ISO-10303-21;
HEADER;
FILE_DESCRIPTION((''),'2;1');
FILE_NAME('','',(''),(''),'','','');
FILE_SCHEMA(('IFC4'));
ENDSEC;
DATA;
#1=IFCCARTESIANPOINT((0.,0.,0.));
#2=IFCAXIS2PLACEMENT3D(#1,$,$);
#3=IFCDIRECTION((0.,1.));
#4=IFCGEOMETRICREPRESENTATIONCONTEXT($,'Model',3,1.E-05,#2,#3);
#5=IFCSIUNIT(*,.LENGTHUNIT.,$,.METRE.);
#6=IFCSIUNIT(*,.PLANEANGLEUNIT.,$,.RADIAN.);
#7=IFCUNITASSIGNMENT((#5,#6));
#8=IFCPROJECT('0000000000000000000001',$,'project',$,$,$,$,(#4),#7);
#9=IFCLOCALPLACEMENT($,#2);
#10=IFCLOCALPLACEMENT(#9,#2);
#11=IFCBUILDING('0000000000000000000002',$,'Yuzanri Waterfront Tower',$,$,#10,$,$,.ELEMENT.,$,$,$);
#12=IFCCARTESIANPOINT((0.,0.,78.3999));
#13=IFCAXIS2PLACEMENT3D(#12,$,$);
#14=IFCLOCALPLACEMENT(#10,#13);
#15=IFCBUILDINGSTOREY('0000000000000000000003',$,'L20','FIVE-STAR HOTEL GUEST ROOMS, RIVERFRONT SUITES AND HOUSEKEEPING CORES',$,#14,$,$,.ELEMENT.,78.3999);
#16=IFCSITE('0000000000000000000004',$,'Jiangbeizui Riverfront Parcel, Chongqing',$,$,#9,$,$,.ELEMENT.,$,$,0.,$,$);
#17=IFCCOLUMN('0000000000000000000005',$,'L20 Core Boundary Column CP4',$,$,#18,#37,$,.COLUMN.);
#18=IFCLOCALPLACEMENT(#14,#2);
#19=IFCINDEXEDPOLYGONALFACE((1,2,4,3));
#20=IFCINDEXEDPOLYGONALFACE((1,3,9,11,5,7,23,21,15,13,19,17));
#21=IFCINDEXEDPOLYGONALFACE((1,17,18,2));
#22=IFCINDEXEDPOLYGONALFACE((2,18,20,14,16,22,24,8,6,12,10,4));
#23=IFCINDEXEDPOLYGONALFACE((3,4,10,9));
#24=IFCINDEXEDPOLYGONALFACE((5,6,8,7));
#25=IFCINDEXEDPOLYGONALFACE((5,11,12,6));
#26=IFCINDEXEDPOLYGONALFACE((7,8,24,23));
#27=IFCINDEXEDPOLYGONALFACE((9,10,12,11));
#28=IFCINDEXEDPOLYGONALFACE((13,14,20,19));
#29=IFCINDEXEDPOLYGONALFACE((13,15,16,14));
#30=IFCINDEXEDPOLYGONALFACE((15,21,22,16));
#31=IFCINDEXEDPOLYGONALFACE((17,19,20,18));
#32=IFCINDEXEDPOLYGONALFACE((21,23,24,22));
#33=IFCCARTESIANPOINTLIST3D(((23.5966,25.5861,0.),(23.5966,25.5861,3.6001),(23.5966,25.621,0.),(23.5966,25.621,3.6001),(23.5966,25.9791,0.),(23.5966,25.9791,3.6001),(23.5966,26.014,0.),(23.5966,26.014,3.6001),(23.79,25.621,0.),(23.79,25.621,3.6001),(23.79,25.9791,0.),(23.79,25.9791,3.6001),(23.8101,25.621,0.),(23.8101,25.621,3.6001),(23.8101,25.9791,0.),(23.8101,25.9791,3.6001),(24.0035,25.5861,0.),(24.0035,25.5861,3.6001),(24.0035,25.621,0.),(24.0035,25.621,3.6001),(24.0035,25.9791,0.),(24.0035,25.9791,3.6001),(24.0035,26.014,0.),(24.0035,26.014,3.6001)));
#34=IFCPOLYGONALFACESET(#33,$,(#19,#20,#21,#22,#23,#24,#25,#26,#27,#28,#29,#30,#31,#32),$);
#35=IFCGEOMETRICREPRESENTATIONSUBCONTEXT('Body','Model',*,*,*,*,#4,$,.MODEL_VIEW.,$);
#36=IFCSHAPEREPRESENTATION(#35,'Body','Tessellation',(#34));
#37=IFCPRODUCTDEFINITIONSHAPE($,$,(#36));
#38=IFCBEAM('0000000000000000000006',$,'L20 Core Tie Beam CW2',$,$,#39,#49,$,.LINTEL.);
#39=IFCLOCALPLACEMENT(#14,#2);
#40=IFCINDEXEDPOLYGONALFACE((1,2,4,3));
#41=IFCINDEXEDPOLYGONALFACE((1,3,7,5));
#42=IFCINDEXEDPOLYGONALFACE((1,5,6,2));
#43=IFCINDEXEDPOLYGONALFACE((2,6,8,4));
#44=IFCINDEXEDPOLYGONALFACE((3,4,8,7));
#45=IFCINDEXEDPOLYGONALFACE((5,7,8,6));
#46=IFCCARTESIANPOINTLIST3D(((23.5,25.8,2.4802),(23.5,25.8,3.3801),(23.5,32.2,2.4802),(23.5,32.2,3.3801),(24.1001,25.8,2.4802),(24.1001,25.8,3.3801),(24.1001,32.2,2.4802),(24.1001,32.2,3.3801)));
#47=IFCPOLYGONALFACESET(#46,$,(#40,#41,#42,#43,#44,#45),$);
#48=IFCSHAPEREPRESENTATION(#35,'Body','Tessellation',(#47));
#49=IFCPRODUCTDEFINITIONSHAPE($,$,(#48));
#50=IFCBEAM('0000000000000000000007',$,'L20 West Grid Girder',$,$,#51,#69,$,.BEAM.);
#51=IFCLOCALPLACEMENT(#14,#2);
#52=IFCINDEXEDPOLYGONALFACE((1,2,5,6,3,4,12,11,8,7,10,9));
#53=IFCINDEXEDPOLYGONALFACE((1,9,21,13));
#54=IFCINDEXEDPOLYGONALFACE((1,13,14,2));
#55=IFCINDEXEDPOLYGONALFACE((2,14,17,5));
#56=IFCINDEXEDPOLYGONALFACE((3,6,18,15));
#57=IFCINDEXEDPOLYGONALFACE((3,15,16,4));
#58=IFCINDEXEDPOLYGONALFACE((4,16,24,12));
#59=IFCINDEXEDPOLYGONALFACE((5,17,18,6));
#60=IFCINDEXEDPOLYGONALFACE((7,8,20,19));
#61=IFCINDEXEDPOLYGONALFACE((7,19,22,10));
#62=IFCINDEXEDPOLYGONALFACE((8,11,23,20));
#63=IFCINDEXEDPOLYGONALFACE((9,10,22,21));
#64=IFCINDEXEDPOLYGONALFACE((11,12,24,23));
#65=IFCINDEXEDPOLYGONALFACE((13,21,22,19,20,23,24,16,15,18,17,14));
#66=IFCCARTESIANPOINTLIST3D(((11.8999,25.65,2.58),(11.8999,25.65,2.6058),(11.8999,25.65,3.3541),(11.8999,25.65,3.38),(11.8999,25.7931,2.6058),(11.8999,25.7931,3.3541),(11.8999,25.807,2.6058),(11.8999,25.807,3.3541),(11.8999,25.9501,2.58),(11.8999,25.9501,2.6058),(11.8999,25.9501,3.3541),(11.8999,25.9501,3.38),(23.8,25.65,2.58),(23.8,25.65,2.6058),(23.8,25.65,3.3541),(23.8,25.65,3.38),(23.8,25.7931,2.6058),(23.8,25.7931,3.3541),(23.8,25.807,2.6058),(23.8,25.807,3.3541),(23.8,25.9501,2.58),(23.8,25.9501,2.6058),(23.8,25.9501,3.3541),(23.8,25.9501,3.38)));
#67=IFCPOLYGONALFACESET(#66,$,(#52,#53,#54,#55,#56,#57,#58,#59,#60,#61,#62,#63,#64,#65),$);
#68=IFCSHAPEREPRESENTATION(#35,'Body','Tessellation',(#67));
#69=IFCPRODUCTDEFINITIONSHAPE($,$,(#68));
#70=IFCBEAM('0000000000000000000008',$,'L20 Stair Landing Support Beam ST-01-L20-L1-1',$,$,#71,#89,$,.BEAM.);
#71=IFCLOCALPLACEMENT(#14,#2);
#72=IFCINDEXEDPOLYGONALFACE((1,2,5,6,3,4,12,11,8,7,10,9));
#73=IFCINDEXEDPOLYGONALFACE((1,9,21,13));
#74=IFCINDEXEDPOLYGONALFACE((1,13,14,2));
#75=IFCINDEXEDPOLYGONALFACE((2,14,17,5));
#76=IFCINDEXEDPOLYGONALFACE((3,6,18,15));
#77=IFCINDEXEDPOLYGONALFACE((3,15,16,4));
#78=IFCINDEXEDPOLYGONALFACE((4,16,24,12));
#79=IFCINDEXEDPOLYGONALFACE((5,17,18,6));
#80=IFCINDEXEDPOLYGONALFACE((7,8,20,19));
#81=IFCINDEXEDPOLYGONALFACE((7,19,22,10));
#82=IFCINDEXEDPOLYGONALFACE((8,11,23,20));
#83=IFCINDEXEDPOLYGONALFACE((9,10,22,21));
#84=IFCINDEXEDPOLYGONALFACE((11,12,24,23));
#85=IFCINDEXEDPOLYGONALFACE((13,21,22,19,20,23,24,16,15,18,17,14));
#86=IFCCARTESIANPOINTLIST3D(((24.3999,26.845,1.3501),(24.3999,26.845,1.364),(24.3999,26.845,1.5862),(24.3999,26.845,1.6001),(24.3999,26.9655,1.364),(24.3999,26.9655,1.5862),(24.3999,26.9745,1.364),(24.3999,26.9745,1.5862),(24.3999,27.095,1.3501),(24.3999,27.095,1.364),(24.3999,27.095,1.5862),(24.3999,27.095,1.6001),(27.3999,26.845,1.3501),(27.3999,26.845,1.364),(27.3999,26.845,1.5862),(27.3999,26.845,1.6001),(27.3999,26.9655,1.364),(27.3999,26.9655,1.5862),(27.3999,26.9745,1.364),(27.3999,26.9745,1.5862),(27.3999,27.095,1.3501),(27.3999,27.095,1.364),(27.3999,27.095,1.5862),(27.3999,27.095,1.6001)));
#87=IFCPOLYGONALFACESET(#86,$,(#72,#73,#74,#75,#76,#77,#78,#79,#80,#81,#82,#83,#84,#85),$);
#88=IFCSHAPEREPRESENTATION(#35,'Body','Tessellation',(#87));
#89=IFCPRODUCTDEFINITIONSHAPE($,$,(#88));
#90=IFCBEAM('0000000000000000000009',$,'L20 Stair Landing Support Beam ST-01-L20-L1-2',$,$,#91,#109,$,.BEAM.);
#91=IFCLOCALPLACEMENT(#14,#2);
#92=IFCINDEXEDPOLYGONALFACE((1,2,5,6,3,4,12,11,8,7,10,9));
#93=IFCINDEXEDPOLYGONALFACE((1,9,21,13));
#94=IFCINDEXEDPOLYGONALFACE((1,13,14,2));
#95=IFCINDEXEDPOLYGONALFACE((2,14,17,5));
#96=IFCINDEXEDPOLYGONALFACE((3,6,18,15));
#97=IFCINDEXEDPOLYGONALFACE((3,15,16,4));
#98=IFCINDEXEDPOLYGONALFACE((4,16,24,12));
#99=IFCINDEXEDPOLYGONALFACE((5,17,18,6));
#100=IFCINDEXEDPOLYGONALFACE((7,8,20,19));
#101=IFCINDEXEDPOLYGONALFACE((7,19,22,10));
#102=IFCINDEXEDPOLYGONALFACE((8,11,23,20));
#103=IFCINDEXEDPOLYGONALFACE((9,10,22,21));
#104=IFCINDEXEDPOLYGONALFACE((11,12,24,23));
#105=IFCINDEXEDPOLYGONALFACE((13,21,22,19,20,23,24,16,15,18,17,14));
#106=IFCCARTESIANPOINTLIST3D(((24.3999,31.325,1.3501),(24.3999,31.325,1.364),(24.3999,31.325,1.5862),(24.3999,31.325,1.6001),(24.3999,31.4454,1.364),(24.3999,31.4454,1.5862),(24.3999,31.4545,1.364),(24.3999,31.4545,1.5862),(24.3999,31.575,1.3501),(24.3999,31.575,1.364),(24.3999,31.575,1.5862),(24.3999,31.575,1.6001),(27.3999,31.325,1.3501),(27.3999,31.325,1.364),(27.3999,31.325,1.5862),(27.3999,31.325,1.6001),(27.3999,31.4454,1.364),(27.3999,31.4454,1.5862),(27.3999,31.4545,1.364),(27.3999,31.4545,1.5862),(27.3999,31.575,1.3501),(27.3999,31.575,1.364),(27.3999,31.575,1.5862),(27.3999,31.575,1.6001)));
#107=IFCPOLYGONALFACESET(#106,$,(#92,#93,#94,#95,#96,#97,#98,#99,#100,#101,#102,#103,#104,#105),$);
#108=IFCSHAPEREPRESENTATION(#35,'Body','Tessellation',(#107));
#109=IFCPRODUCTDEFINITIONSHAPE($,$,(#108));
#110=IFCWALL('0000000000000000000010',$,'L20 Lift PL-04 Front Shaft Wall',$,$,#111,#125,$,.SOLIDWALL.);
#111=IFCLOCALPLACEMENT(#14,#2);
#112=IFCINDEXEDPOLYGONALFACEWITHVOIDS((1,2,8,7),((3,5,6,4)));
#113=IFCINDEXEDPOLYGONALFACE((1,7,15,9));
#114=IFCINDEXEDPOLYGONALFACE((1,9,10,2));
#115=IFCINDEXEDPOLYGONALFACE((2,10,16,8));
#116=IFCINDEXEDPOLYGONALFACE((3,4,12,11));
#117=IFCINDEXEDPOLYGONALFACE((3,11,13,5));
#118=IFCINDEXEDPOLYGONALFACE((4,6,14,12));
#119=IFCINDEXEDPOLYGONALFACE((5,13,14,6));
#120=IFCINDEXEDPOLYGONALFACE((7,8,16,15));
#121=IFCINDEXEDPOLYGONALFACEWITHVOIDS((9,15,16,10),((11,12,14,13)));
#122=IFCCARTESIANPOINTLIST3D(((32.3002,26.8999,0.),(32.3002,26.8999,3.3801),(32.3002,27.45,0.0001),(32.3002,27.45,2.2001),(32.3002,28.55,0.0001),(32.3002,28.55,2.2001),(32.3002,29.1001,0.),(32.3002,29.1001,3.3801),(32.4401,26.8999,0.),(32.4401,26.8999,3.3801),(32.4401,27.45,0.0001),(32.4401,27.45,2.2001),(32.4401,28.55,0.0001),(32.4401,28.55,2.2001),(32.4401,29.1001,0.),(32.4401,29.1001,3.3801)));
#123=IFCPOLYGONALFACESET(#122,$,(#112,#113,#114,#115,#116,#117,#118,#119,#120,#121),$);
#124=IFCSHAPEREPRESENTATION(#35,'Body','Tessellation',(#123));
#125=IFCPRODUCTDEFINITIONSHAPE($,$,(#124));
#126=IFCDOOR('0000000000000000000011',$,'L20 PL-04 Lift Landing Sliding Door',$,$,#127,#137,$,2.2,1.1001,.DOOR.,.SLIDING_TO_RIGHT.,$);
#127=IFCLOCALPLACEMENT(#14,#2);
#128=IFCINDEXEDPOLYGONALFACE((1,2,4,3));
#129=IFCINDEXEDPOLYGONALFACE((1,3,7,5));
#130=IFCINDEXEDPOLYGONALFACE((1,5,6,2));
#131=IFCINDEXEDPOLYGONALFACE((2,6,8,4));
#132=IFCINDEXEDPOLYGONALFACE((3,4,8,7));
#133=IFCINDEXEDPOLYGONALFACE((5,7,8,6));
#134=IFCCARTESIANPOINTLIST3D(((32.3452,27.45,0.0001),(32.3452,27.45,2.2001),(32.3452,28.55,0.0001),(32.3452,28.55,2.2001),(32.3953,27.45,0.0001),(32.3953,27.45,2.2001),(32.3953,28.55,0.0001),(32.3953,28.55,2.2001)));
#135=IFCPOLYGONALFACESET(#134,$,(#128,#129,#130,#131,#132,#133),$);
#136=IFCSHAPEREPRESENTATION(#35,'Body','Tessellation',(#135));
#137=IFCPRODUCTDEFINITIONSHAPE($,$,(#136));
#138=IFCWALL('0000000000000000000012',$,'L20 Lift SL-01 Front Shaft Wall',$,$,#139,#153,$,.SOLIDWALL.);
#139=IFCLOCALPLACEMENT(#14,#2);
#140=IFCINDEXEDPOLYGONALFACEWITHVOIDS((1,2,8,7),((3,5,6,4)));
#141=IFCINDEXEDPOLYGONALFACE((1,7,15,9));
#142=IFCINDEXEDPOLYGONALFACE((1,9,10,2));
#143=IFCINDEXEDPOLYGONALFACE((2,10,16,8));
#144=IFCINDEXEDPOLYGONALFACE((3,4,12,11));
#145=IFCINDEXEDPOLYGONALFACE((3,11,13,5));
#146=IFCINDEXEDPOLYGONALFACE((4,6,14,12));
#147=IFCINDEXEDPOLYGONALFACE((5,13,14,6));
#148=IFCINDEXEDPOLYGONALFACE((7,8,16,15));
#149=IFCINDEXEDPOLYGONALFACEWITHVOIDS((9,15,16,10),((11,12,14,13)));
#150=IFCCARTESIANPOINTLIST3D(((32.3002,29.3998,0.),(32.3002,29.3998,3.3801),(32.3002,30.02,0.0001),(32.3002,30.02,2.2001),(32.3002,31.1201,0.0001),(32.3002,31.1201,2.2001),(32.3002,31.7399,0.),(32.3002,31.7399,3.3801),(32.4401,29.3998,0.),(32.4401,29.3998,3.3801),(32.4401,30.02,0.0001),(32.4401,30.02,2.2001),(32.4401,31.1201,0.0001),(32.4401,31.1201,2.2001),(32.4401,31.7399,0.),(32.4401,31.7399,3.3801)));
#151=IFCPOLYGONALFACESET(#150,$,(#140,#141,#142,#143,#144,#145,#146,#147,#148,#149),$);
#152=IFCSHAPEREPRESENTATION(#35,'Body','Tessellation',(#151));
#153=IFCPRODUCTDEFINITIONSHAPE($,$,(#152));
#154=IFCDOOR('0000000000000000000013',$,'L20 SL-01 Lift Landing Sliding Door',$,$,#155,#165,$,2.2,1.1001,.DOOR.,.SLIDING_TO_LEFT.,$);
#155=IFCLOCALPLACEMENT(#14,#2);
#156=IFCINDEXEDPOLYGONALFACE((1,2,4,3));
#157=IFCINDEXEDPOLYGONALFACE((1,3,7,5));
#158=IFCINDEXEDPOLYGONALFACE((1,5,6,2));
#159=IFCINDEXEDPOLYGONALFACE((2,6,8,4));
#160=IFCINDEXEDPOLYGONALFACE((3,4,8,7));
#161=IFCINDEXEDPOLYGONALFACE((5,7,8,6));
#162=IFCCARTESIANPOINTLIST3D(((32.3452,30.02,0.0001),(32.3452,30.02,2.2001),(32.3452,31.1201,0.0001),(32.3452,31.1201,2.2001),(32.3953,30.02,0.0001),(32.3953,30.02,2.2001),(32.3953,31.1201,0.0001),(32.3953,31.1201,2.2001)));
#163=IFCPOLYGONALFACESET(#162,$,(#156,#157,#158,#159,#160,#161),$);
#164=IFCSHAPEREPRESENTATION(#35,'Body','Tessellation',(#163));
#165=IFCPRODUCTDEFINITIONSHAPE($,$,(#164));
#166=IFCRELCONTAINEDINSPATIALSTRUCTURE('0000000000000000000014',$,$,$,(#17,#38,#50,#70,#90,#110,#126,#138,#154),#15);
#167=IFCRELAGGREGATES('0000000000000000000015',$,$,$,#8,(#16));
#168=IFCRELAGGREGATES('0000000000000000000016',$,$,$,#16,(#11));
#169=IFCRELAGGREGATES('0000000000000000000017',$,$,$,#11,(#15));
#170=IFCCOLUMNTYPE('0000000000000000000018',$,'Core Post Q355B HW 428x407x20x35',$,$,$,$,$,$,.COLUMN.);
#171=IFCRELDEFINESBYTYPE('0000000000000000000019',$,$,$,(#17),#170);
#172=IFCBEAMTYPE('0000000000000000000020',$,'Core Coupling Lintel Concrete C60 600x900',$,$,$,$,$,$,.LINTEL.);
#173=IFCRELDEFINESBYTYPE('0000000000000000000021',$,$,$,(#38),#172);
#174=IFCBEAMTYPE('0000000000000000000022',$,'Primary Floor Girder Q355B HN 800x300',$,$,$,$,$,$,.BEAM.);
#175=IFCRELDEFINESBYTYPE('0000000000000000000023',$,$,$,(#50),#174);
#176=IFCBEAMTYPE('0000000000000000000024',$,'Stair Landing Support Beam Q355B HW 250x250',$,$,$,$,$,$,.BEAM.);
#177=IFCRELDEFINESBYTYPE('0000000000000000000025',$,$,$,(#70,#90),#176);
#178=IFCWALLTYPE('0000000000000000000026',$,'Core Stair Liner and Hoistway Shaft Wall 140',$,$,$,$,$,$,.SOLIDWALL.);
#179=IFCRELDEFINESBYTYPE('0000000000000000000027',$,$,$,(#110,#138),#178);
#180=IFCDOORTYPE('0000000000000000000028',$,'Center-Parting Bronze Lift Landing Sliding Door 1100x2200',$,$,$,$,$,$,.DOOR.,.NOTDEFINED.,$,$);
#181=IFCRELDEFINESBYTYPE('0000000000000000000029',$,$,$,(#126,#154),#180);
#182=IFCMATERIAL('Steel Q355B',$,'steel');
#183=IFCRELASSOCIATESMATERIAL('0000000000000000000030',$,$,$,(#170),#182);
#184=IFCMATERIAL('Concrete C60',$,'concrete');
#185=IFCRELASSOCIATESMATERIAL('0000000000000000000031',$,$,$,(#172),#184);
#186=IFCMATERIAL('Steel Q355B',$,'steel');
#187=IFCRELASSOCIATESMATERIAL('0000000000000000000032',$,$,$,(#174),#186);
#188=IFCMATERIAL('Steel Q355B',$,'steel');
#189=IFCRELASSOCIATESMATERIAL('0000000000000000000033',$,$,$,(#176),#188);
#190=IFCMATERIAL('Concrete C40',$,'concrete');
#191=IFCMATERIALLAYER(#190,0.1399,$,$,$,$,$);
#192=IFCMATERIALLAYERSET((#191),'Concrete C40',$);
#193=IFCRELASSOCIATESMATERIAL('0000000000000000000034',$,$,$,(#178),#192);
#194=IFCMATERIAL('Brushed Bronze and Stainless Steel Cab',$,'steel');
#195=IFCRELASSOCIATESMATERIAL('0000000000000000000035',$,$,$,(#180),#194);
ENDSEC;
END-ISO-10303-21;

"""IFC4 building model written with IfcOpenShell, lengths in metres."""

from ifc_helpers import new_model, si_unit, direction, frame, frame_2d, origin, origin_2d, place, context, subcontext, project, spatial, rectangle, i_section, extrude, source, transform, mapped, material, layer, layer_set, material_profile, profile_set, type_object, element, fill, save


model = new_model("IFC4")

# Units and contexts
model_context = context("Model", 3, precision=1e-05, world=origin(), true_north=direction((0.0, 1.0)))
body_context = subcontext(model_context, "Body", "Model", "MODEL_VIEW")
ifc_project = project(units=[si_unit("LENGTHUNIT", "METRE"), si_unit("PLANEANGLEUNIT", "RADIAN")], contexts=[model_context])

# Site, building, storey
site_placement = place(None, origin())
site = spatial("IfcSite", under=ifc_project, at=site_placement, Name="Jiangbeizui Riverfront Parcel, Chongqing", CompositionType="ELEMENT", RefElevation=0.0)
building_placement = place(site_placement, origin())
building = spatial("IfcBuilding", under=site, at=building_placement, Name="Yuzanri Waterfront Tower", CompositionType="ELEMENT")
storey_placement = place(building_placement, frame((0.0, 0.0, 78.3999)))
storey = spatial("IfcBuildingStorey", under=building, at=storey_placement, Name="L20", Description="FIVE-STAR HOTEL GUEST ROOMS, RIVERFRONT SUITES AND HOUSEKEEPING CORES", CompositionType="ELEMENT", Elevation=78.3999)

# Column
ifc_material_1 = material(Name="Steel Q355B", Category="steel")
ifc_material_profile_1 = material_profile(ifc_material_1, i_section(OverallWidth=0.407, OverallDepth=0.428, WebThickness=0.02, FlangeThickness=0.0349, at=origin_2d()), Name="HW 428x407x20x35")
ifc_profile_set_1 = profile_set([ifc_material_profile_1], Name="Steel Q355B")
column_type = type_object("IfcColumnType", Name="Core Post Q355B HW 428x407x20x35", PredefinedType="COLUMN", material=ifc_profile_set_1)
shared_shape_1 = source(origin(), body_context, "Body", "SweptSolid", [
    extrude(i_section(OverallWidth=0.407, OverallDepth=0.428, WebThickness=0.02, FlangeThickness=0.0349, at=origin_2d()), origin(), (0.0, 0.0, 1.0), 3.6001),
])
column_placement = place(storey_placement, frame((23.8, 25.8, 0.0), z_axis=(0.0, 0.0, 1.0), x_axis=(1.0, 0.0, 0.0)))
element("IfcColumn", 1, at=column_placement, inside=storey, type_object=column_type, Name="L20 Core Boundary Column CP4", PredefinedType="COLUMN", context=body_context, shape_type="MappedRepresentation", body=[
    mapped(shared_shape_1, transform((0.0, 0.0, 0.0), scale=1.0)),
])

# Beams
ifc_material_2 = material(Name="Concrete C60", Category="concrete")
ifc_material_profile_2 = material_profile(ifc_material_2, rectangle(XDim=0.6001, YDim=0.8999, at=origin_2d()), Name="RC 600x900")
ifc_profile_set_2 = profile_set([ifc_material_profile_2], Name="Concrete C60")
beam_type_1 = type_object("IfcBeamType", Name="Core Coupling Lintel Concrete C60 600x900", PredefinedType="LINTEL", material=ifc_profile_set_2)
shared_shape_2 = source(origin(), body_context, "Body", "SweptSolid", [
    extrude(rectangle(XDim=0.6001, YDim=0.8999, at=origin_2d()), origin(), (0.0, 0.0, 1.0), 6.3999),
])
beam_1_placement = place(storey_placement, frame((23.8, 25.8, 2.9302), z_axis=(0.0, 1.0, 0.0), x_axis=(-1.0, 0.0, 0.0)))
element("IfcBeam", 2, at=beam_1_placement, inside=storey, type_object=beam_type_1, Name="L20 Core Tie Beam CW2", PredefinedType="LINTEL", context=body_context, shape_type="MappedRepresentation", body=[
    mapped(shared_shape_2, transform((0.0, 0.0, 0.0), scale=1.0)),
])
ifc_material_3 = material(Name="Steel Q355B", Category="steel")
ifc_material_profile_3 = material_profile(ifc_material_3, i_section(OverallWidth=0.3, OverallDepth=0.8, WebThickness=0.0139, FlangeThickness=0.0259, at=origin_2d()), Name="HN 800x300x14x26")
ifc_profile_set_3 = profile_set([ifc_material_profile_3], Name="Steel Q355B")
beam_type_2 = type_object("IfcBeamType", Name="Primary Floor Girder Q355B HN 800x300", PredefinedType="BEAM", material=ifc_profile_set_3)
shared_shape_3 = source(origin(), body_context, "Body", "SweptSolid", [
    extrude(i_section(OverallWidth=0.3, OverallDepth=0.8, WebThickness=0.0139, FlangeThickness=0.0259, at=origin_2d()), origin(), (0.0, 0.0, 1.0), 11.9001),
])
beam_2_placement = place(storey_placement, frame((23.8, 25.8, 2.98), z_axis=(-1.0, 0.0, 0.0), x_axis=(0.0, -1.0, 0.0)))
element("IfcBeam", 3, at=beam_2_placement, inside=storey, type_object=beam_type_2, Name="L20 West Grid Girder", PredefinedType="BEAM", context=body_context, shape_type="MappedRepresentation", body=[
    mapped(shared_shape_3, transform((0.0, 0.0, 0.0), scale=1.0)),
])
ifc_material_4 = material(Name="Steel Q355B", Category="steel")
ifc_material_profile_4 = material_profile(ifc_material_4, i_section(OverallWidth=0.25, OverallDepth=0.25, WebThickness=0.009, FlangeThickness=0.0139, at=origin_2d()), Name="HW 250x250x9x14")
ifc_profile_set_4 = profile_set([ifc_material_profile_4], Name="Steel Q355B")
beam_type_3 = type_object("IfcBeamType", Name="Stair Landing Support Beam Q355B HW 250x250", PredefinedType="BEAM", material=ifc_profile_set_4)
shared_shape_4 = source(origin(), body_context, "Body", "SweptSolid", [
    extrude(i_section(OverallWidth=0.25, OverallDepth=0.25, WebThickness=0.009, FlangeThickness=0.0139, at=origin_2d()), origin(), (0.0, 0.0, 1.0), 3.0),
])
for number, where, z_axis, x_axis, name in (
    (4, (24.3999, 26.97, 1.4751), (1.0, 0.0, 0.0), (0.0, 1.0, 0.0), "L20 Stair Landing Support Beam ST-01-L20-L1-1"),
    (5, (24.3999, 31.45, 1.4751), (1.0, 0.0, 0.0), (0.0, 1.0, 0.0), "L20 Stair Landing Support Beam ST-01-L20-L1-2"),
):
    element("IfcBeam", number, at=place(storey_placement, frame(where, z_axis=z_axis, x_axis=x_axis)), inside=storey, type_object=beam_type_3, Name=name, PredefinedType="BEAM", context=body_context, shape_type="MappedRepresentation", body=[
        mapped(shared_shape_4, transform((0.0, 0.0, 0.0), scale=1.0)),
    ])

# Walls, openings, doors
ifc_material_5 = material(Name="Concrete C40", Category="concrete")
ifc_layer_1 = layer(ifc_material_5, 0.1399)
ifc_layer_set_1 = layer_set([ifc_layer_1], Name="Concrete C40")
wall_type_1 = type_object("IfcWallType", Name="Core Stair Liner and Hoistway Shaft Wall 140", PredefinedType="SOLIDWALL", material=ifc_layer_set_1)
wall_1_placement = place(storey_placement, frame((32.3701, 26.8999, 0.0), z_axis=(0.0, 0.0, 1.0), x_axis=(0.0, 1.0, 0.0)))
wall_1 = element("IfcWall", 6, at=wall_1_placement, inside=storey, type_object=wall_type_1, Name="L20 Lift PL-04 Front Shaft Wall", PredefinedType="SOLIDWALL", context=body_context, shape_type="SweptSolid", body=[
    extrude(rectangle(XDim=2.2002, YDim=0.1399, at=frame_2d((1.1001, 0.0))), origin(), (0.0, 0.0, 1.0), 3.3801),
])
opening_1_placement = place(wall_1_placement, frame((0.55, 0.0, 0.0)))
opening_1 = element("IfcOpeningElement", 7, at=opening_1_placement, cuts=wall_1, PredefinedType="OPENING", context=body_context, shape_type="SweptSolid", body=[
    extrude(rectangle(XDim=1.1001, YDim=2.2, at=frame_2d((0.55, 1.1001))), frame((0.0, 0.085, 0.0), z_axis=(0.0, -1.0, 0.0), x_axis=(1.0, 0.0, 0.0)), (0.0, 0.0, 1.0), 0.1697),
])
ifc_material_6 = material(Name="Brushed Bronze and Stainless Steel Cab", Category="steel")
door_type_1 = type_object("IfcDoorType", Name="Center-Parting Bronze Lift Landing Sliding Door 1100x2200", OperationType="NOTDEFINED", PredefinedType="DOOR", material=ifc_material_6)
shared_shape_5 = source(origin(), body_context, "Body", "SweptSolid", [
    extrude(rectangle(XDim=1.1001, YDim=2.2, at=frame_2d((0.55, 1.1001))), frame((0.0, 0.0249, 0.0), z_axis=(0.0, -1.0, 0.0), x_axis=(1.0, 0.0, 0.0)), (0.0, 0.0, 1.0), 0.05),
])
door_1_placement = place(opening_1_placement, origin())
door_1 = element("IfcDoor", 8, at=door_1_placement, inside=storey, type_object=door_type_1, Name="L20 PL-04 Lift Landing Sliding Door", OperationType="SLIDING_TO_RIGHT", OverallHeight=2.2, OverallWidth=1.1001, PredefinedType="DOOR", context=body_context, shape_type="MappedRepresentation", body=[
    mapped(shared_shape_5, transform((0.0, 0.0, 0.0), scale=1.0)),
])
fill(opening_1, door_1)
wall_2_placement = place(storey_placement, frame((32.3701, 29.3999, 0.0), z_axis=(0.0, 0.0, 1.0), x_axis=(0.0, 1.0, 0.0)))
wall_2 = element("IfcWall", 9, at=wall_2_placement, inside=storey, type_object=wall_type_1, Name="L20 Lift SL-01 Front Shaft Wall", PredefinedType="SOLIDWALL", context=body_context, shape_type="SweptSolid", body=[
    extrude(rectangle(XDim=2.3401, YDim=0.1399, at=frame_2d((1.1699, 0.0))), origin(), (0.0, 0.0, 1.0), 3.3801),
])
opening_2_placement = place(wall_2_placement, frame((0.6201, 0.0, 0.0)))
opening_2 = element("IfcOpeningElement", 10, at=opening_2_placement, cuts=wall_2, PredefinedType="OPENING", context=body_context, shape_type="SweptSolid", body=[
    extrude(rectangle(XDim=1.1001, YDim=2.2, at=frame_2d((0.55, 1.1001))), frame((0.0, 0.085, 0.0), z_axis=(0.0, -1.0, 0.0), x_axis=(1.0, 0.0, 0.0)), (0.0, 0.0, 1.0), 0.1697),
])
door_2_placement = place(opening_2_placement, origin())
door_2 = element("IfcDoor", 11, at=door_2_placement, inside=storey, type_object=door_type_1, Name="L20 SL-01 Lift Landing Sliding Door", OperationType="SLIDING_TO_LEFT", OverallHeight=2.2, OverallWidth=1.1001, PredefinedType="DOOR", context=body_context, shape_type="MappedRepresentation", body=[
    mapped(shared_shape_5, transform((0.0, 0.0, 0.0), scale=1.0)),
])
fill(opening_2, door_2)

save(model, "model.ifc")
